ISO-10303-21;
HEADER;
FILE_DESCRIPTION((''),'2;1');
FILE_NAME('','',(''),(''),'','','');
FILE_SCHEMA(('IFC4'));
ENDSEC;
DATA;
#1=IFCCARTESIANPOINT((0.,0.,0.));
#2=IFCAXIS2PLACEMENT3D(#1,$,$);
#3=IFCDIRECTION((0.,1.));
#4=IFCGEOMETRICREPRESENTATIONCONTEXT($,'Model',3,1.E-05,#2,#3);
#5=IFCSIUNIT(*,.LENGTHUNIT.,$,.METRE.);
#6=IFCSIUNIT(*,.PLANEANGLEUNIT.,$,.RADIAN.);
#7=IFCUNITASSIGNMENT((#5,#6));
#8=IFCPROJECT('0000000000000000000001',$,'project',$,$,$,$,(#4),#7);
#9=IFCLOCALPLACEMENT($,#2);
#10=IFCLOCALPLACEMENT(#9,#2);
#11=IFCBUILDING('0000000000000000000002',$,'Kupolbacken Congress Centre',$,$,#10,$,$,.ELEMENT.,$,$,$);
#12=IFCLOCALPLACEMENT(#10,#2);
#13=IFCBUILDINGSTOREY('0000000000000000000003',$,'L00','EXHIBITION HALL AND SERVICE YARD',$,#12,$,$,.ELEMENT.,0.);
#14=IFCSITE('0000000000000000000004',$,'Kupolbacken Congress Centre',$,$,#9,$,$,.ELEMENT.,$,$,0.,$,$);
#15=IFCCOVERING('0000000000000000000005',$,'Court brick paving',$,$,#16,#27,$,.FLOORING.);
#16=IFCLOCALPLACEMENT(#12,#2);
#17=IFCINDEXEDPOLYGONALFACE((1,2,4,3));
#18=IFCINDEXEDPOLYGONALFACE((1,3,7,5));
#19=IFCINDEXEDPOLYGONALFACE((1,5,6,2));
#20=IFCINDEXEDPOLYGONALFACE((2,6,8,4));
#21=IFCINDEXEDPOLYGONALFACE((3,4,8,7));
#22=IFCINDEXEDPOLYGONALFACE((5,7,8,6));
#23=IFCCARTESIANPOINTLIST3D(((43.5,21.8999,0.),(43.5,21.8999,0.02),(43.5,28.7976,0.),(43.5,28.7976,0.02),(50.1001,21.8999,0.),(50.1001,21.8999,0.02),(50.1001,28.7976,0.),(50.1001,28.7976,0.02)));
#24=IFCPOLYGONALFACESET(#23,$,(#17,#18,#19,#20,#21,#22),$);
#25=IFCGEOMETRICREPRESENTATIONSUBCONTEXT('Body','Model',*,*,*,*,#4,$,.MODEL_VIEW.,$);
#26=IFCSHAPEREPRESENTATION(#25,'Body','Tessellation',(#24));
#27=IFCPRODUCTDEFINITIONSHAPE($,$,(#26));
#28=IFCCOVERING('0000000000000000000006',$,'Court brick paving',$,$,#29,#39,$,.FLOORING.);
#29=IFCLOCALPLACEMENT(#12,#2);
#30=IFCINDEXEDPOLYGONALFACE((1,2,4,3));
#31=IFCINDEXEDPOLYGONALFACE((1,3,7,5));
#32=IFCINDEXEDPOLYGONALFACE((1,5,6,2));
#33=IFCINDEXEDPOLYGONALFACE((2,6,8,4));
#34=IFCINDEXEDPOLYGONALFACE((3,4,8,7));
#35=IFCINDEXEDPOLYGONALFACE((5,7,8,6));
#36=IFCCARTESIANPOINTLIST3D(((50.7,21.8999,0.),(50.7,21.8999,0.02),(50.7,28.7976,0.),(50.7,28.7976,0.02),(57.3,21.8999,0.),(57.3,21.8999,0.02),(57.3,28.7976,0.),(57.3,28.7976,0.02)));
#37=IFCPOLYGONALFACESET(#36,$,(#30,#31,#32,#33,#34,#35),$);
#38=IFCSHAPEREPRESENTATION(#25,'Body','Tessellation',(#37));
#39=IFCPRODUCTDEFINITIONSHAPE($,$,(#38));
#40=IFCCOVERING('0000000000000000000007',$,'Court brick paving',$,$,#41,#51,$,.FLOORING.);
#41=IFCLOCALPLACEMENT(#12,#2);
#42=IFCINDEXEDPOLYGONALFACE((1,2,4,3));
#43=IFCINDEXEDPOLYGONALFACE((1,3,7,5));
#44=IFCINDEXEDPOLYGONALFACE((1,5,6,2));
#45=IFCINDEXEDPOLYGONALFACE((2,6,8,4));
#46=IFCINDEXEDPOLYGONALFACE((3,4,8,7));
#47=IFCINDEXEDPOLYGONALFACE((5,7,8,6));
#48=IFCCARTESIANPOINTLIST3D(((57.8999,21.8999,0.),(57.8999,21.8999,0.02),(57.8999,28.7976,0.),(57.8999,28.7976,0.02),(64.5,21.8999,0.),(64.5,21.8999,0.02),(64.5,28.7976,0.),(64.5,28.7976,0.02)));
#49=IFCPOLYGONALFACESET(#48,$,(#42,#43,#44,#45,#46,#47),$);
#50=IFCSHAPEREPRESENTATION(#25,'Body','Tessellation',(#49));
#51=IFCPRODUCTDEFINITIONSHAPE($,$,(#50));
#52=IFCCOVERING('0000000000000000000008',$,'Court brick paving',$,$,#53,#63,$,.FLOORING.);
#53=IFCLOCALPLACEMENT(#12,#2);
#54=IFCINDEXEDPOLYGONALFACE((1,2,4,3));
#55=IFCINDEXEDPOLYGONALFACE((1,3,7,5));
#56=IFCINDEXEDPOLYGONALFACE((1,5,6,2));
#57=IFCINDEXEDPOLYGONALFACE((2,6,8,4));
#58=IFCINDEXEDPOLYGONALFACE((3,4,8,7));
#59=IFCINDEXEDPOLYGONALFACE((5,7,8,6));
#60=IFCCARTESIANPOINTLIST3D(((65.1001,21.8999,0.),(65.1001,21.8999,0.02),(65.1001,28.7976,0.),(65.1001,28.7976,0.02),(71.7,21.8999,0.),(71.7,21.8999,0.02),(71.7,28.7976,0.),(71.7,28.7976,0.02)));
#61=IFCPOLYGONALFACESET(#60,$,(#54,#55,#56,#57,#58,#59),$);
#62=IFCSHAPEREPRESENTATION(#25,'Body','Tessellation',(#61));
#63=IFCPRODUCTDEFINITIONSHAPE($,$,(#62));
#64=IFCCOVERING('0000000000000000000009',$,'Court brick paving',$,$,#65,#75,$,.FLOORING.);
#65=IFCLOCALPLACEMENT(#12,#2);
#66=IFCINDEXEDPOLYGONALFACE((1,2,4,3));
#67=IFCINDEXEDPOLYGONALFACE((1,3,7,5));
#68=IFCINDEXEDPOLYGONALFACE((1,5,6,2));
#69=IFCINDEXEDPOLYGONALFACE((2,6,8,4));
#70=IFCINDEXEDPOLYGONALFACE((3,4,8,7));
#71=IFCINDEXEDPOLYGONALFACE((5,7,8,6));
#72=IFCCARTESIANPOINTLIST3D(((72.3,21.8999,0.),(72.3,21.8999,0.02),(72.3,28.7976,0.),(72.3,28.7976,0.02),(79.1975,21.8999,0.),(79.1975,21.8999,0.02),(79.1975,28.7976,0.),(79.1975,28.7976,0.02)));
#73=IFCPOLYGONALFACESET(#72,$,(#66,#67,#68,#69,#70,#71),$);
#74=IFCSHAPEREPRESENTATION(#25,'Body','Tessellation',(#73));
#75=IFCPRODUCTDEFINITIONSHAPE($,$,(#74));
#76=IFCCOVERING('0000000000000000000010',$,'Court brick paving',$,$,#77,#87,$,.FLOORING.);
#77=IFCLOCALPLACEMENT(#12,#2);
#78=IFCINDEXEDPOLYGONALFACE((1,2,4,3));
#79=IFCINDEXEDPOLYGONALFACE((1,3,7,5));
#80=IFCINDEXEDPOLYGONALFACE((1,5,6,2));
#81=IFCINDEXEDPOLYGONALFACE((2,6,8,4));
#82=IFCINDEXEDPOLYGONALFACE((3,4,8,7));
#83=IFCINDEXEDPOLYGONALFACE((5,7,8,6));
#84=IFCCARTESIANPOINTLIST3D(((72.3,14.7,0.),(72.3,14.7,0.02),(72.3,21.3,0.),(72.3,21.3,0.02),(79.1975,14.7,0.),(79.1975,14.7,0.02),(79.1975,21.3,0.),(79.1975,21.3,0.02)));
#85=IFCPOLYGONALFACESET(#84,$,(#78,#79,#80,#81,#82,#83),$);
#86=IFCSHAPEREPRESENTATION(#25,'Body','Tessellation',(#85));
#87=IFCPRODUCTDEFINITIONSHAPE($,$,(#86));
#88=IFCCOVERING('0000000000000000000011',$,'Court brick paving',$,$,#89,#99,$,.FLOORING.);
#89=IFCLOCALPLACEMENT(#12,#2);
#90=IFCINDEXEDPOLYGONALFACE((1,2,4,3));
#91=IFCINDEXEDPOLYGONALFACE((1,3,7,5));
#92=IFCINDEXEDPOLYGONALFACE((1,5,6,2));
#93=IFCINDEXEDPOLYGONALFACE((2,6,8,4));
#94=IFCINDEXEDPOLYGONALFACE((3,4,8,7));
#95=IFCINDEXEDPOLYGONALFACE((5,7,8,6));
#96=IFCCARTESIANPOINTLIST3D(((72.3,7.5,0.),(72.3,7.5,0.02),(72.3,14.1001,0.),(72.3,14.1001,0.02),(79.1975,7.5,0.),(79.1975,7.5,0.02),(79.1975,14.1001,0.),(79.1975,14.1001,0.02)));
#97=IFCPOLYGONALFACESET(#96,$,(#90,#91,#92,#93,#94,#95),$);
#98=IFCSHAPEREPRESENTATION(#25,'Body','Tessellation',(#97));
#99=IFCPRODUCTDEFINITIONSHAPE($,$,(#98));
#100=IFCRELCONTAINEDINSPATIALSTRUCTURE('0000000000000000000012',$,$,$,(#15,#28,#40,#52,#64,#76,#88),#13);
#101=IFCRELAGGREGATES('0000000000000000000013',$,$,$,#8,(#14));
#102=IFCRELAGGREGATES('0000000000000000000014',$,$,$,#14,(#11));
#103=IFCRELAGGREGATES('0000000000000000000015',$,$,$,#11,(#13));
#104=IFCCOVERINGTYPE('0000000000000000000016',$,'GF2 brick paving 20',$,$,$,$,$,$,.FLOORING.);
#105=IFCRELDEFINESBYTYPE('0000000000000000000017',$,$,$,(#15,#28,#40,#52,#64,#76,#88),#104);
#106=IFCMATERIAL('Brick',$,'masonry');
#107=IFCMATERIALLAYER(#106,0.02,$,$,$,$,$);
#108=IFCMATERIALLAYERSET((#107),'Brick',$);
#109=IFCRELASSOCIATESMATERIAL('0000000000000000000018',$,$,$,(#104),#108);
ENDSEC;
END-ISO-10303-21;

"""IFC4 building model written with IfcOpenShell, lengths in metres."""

from ifc_helpers import new_model, si_unit, direction, origin, place, context, subcontext, project, spatial, polyline, outline, extrude, material, layer, layer_set, type_object, element, save


model = new_model("IFC4")

# Units and contexts
model_context = context("Model", 3, precision=1e-05, world=origin(), true_north=direction((0.0, 1.0)))
body_context = subcontext(model_context, "Body", "Model", "MODEL_VIEW")
ifc_project = project(units=[si_unit("LENGTHUNIT", "METRE"), si_unit("PLANEANGLEUNIT", "RADIAN")], contexts=[model_context])

# Site, building, storey
site_placement = place(None, origin())
site = spatial("IfcSite", under=ifc_project, at=site_placement, Name="Kupolbacken Congress Centre", CompositionType="ELEMENT", RefElevation=0.0)
building_placement = place(site_placement, origin())
building = spatial("IfcBuilding", under=site, at=building_placement, Name="Kupolbacken Congress Centre", CompositionType="ELEMENT")
storey_placement = place(building_placement, origin())
storey = spatial("IfcBuildingStorey", under=building, at=storey_placement, Name="L00", Description="EXHIBITION HALL AND SERVICE YARD", CompositionType="ELEMENT", Elevation=0.0)

# Coverings
ifc_material_1 = material(Name="Brick", Category="masonry")
ifc_layer_1 = layer(ifc_material_1, 0.02)
ifc_layer_set_1 = layer_set([ifc_layer_1], Name="Brick")
covering_type_1 = type_object("IfcCoveringType", Name="GF2 brick paving 20", PredefinedType="FLOORING", material=ifc_layer_set_1)
covering_1_placement = place(storey_placement, origin())
element("IfcCovering", 1, at=covering_1_placement, inside=storey, type_object=covering_type_1, Name="Court brick paving", PredefinedType="FLOORING", context=body_context, shape_type="SweptSolid", body=[
    extrude(outline(polyline([(50.1001, 28.7976), (50.1001, 21.8999), (43.5, 21.8999), (43.5, 28.7976), (50.1001, 28.7976)])), origin(), (0.0, 0.0, 1.0), 0.02),
])
covering_2_placement = place(storey_placement, origin())
element("IfcCovering", 2, at=covering_2_placement, inside=storey, type_object=covering_type_1, Name="Court brick paving", PredefinedType="FLOORING", context=body_context, shape_type="SweptSolid", body=[
    extrude(outline(polyline([(57.3, 28.7976), (57.3, 21.8999), (50.7, 21.8999), (50.7, 28.7976), (57.3, 28.7976)])), origin(), (0.0, 0.0, 1.0), 0.02),
])
covering_3_placement = place(storey_placement, origin())
element("IfcCovering", 3, at=covering_3_placement, inside=storey, type_object=covering_type_1, Name="Court brick paving", PredefinedType="FLOORING", context=body_context, shape_type="SweptSolid", body=[
    extrude(outline(polyline([(64.5, 28.7976), (64.5, 21.8999), (57.8999, 21.8999), (57.8999, 28.7976), (64.5, 28.7976)])), origin(), (0.0, 0.0, 1.0), 0.02),
])
covering_4_placement = place(storey_placement, origin())
element("IfcCovering", 4, at=covering_4_placement, inside=storey, type_object=covering_type_1, Name="Court brick paving", PredefinedType="FLOORING", context=body_context, shape_type="SweptSolid", body=[
    extrude(outline(polyline([(71.7, 28.7976), (71.7, 21.8999), (65.1001, 21.8999), (65.1001, 28.7976), (71.7, 28.7976)])), origin(), (0.0, 0.0, 1.0), 0.02),
])
covering_5_placement = place(storey_placement, origin())
element("IfcCovering", 5, at=covering_5_placement, inside=storey, type_object=covering_type_1, Name="Court brick paving", PredefinedType="FLOORING", context=body_context, shape_type="SweptSolid", body=[
    extrude(outline(polyline([(79.1975, 28.7976), (79.1975, 21.8999), (72.3, 21.8999), (72.3, 28.7976), (79.1975, 28.7976)])), origin(), (0.0, 0.0, 1.0), 0.02),
])
covering_6_placement = place(storey_placement, origin())
element("IfcCovering", 6, at=covering_6_placement, inside=storey, type_object=covering_type_1, Name="Court brick paving", PredefinedType="FLOORING", context=body_context, shape_type="SweptSolid", body=[
    extrude(outline(polyline([(79.1975, 14.7), (72.3, 14.7), (72.3, 21.3), (79.1975, 21.3), (79.1975, 14.7)])), origin(), (0.0, 0.0, 1.0), 0.02),
])
covering_7_placement = place(storey_placement, origin())
element("IfcCovering", 7, at=covering_7_placement, inside=storey, type_object=covering_type_1, Name="Court brick paving", PredefinedType="FLOORING", context=body_context, shape_type="SweptSolid", body=[
    extrude(outline(polyline([(79.1975, 7.5), (72.3, 7.5), (72.3, 14.1001), (79.1975, 14.1001), (79.1975, 7.5)])), origin(), (0.0, 0.0, 1.0), 0.02),
])

save(model, "model.ifc")
